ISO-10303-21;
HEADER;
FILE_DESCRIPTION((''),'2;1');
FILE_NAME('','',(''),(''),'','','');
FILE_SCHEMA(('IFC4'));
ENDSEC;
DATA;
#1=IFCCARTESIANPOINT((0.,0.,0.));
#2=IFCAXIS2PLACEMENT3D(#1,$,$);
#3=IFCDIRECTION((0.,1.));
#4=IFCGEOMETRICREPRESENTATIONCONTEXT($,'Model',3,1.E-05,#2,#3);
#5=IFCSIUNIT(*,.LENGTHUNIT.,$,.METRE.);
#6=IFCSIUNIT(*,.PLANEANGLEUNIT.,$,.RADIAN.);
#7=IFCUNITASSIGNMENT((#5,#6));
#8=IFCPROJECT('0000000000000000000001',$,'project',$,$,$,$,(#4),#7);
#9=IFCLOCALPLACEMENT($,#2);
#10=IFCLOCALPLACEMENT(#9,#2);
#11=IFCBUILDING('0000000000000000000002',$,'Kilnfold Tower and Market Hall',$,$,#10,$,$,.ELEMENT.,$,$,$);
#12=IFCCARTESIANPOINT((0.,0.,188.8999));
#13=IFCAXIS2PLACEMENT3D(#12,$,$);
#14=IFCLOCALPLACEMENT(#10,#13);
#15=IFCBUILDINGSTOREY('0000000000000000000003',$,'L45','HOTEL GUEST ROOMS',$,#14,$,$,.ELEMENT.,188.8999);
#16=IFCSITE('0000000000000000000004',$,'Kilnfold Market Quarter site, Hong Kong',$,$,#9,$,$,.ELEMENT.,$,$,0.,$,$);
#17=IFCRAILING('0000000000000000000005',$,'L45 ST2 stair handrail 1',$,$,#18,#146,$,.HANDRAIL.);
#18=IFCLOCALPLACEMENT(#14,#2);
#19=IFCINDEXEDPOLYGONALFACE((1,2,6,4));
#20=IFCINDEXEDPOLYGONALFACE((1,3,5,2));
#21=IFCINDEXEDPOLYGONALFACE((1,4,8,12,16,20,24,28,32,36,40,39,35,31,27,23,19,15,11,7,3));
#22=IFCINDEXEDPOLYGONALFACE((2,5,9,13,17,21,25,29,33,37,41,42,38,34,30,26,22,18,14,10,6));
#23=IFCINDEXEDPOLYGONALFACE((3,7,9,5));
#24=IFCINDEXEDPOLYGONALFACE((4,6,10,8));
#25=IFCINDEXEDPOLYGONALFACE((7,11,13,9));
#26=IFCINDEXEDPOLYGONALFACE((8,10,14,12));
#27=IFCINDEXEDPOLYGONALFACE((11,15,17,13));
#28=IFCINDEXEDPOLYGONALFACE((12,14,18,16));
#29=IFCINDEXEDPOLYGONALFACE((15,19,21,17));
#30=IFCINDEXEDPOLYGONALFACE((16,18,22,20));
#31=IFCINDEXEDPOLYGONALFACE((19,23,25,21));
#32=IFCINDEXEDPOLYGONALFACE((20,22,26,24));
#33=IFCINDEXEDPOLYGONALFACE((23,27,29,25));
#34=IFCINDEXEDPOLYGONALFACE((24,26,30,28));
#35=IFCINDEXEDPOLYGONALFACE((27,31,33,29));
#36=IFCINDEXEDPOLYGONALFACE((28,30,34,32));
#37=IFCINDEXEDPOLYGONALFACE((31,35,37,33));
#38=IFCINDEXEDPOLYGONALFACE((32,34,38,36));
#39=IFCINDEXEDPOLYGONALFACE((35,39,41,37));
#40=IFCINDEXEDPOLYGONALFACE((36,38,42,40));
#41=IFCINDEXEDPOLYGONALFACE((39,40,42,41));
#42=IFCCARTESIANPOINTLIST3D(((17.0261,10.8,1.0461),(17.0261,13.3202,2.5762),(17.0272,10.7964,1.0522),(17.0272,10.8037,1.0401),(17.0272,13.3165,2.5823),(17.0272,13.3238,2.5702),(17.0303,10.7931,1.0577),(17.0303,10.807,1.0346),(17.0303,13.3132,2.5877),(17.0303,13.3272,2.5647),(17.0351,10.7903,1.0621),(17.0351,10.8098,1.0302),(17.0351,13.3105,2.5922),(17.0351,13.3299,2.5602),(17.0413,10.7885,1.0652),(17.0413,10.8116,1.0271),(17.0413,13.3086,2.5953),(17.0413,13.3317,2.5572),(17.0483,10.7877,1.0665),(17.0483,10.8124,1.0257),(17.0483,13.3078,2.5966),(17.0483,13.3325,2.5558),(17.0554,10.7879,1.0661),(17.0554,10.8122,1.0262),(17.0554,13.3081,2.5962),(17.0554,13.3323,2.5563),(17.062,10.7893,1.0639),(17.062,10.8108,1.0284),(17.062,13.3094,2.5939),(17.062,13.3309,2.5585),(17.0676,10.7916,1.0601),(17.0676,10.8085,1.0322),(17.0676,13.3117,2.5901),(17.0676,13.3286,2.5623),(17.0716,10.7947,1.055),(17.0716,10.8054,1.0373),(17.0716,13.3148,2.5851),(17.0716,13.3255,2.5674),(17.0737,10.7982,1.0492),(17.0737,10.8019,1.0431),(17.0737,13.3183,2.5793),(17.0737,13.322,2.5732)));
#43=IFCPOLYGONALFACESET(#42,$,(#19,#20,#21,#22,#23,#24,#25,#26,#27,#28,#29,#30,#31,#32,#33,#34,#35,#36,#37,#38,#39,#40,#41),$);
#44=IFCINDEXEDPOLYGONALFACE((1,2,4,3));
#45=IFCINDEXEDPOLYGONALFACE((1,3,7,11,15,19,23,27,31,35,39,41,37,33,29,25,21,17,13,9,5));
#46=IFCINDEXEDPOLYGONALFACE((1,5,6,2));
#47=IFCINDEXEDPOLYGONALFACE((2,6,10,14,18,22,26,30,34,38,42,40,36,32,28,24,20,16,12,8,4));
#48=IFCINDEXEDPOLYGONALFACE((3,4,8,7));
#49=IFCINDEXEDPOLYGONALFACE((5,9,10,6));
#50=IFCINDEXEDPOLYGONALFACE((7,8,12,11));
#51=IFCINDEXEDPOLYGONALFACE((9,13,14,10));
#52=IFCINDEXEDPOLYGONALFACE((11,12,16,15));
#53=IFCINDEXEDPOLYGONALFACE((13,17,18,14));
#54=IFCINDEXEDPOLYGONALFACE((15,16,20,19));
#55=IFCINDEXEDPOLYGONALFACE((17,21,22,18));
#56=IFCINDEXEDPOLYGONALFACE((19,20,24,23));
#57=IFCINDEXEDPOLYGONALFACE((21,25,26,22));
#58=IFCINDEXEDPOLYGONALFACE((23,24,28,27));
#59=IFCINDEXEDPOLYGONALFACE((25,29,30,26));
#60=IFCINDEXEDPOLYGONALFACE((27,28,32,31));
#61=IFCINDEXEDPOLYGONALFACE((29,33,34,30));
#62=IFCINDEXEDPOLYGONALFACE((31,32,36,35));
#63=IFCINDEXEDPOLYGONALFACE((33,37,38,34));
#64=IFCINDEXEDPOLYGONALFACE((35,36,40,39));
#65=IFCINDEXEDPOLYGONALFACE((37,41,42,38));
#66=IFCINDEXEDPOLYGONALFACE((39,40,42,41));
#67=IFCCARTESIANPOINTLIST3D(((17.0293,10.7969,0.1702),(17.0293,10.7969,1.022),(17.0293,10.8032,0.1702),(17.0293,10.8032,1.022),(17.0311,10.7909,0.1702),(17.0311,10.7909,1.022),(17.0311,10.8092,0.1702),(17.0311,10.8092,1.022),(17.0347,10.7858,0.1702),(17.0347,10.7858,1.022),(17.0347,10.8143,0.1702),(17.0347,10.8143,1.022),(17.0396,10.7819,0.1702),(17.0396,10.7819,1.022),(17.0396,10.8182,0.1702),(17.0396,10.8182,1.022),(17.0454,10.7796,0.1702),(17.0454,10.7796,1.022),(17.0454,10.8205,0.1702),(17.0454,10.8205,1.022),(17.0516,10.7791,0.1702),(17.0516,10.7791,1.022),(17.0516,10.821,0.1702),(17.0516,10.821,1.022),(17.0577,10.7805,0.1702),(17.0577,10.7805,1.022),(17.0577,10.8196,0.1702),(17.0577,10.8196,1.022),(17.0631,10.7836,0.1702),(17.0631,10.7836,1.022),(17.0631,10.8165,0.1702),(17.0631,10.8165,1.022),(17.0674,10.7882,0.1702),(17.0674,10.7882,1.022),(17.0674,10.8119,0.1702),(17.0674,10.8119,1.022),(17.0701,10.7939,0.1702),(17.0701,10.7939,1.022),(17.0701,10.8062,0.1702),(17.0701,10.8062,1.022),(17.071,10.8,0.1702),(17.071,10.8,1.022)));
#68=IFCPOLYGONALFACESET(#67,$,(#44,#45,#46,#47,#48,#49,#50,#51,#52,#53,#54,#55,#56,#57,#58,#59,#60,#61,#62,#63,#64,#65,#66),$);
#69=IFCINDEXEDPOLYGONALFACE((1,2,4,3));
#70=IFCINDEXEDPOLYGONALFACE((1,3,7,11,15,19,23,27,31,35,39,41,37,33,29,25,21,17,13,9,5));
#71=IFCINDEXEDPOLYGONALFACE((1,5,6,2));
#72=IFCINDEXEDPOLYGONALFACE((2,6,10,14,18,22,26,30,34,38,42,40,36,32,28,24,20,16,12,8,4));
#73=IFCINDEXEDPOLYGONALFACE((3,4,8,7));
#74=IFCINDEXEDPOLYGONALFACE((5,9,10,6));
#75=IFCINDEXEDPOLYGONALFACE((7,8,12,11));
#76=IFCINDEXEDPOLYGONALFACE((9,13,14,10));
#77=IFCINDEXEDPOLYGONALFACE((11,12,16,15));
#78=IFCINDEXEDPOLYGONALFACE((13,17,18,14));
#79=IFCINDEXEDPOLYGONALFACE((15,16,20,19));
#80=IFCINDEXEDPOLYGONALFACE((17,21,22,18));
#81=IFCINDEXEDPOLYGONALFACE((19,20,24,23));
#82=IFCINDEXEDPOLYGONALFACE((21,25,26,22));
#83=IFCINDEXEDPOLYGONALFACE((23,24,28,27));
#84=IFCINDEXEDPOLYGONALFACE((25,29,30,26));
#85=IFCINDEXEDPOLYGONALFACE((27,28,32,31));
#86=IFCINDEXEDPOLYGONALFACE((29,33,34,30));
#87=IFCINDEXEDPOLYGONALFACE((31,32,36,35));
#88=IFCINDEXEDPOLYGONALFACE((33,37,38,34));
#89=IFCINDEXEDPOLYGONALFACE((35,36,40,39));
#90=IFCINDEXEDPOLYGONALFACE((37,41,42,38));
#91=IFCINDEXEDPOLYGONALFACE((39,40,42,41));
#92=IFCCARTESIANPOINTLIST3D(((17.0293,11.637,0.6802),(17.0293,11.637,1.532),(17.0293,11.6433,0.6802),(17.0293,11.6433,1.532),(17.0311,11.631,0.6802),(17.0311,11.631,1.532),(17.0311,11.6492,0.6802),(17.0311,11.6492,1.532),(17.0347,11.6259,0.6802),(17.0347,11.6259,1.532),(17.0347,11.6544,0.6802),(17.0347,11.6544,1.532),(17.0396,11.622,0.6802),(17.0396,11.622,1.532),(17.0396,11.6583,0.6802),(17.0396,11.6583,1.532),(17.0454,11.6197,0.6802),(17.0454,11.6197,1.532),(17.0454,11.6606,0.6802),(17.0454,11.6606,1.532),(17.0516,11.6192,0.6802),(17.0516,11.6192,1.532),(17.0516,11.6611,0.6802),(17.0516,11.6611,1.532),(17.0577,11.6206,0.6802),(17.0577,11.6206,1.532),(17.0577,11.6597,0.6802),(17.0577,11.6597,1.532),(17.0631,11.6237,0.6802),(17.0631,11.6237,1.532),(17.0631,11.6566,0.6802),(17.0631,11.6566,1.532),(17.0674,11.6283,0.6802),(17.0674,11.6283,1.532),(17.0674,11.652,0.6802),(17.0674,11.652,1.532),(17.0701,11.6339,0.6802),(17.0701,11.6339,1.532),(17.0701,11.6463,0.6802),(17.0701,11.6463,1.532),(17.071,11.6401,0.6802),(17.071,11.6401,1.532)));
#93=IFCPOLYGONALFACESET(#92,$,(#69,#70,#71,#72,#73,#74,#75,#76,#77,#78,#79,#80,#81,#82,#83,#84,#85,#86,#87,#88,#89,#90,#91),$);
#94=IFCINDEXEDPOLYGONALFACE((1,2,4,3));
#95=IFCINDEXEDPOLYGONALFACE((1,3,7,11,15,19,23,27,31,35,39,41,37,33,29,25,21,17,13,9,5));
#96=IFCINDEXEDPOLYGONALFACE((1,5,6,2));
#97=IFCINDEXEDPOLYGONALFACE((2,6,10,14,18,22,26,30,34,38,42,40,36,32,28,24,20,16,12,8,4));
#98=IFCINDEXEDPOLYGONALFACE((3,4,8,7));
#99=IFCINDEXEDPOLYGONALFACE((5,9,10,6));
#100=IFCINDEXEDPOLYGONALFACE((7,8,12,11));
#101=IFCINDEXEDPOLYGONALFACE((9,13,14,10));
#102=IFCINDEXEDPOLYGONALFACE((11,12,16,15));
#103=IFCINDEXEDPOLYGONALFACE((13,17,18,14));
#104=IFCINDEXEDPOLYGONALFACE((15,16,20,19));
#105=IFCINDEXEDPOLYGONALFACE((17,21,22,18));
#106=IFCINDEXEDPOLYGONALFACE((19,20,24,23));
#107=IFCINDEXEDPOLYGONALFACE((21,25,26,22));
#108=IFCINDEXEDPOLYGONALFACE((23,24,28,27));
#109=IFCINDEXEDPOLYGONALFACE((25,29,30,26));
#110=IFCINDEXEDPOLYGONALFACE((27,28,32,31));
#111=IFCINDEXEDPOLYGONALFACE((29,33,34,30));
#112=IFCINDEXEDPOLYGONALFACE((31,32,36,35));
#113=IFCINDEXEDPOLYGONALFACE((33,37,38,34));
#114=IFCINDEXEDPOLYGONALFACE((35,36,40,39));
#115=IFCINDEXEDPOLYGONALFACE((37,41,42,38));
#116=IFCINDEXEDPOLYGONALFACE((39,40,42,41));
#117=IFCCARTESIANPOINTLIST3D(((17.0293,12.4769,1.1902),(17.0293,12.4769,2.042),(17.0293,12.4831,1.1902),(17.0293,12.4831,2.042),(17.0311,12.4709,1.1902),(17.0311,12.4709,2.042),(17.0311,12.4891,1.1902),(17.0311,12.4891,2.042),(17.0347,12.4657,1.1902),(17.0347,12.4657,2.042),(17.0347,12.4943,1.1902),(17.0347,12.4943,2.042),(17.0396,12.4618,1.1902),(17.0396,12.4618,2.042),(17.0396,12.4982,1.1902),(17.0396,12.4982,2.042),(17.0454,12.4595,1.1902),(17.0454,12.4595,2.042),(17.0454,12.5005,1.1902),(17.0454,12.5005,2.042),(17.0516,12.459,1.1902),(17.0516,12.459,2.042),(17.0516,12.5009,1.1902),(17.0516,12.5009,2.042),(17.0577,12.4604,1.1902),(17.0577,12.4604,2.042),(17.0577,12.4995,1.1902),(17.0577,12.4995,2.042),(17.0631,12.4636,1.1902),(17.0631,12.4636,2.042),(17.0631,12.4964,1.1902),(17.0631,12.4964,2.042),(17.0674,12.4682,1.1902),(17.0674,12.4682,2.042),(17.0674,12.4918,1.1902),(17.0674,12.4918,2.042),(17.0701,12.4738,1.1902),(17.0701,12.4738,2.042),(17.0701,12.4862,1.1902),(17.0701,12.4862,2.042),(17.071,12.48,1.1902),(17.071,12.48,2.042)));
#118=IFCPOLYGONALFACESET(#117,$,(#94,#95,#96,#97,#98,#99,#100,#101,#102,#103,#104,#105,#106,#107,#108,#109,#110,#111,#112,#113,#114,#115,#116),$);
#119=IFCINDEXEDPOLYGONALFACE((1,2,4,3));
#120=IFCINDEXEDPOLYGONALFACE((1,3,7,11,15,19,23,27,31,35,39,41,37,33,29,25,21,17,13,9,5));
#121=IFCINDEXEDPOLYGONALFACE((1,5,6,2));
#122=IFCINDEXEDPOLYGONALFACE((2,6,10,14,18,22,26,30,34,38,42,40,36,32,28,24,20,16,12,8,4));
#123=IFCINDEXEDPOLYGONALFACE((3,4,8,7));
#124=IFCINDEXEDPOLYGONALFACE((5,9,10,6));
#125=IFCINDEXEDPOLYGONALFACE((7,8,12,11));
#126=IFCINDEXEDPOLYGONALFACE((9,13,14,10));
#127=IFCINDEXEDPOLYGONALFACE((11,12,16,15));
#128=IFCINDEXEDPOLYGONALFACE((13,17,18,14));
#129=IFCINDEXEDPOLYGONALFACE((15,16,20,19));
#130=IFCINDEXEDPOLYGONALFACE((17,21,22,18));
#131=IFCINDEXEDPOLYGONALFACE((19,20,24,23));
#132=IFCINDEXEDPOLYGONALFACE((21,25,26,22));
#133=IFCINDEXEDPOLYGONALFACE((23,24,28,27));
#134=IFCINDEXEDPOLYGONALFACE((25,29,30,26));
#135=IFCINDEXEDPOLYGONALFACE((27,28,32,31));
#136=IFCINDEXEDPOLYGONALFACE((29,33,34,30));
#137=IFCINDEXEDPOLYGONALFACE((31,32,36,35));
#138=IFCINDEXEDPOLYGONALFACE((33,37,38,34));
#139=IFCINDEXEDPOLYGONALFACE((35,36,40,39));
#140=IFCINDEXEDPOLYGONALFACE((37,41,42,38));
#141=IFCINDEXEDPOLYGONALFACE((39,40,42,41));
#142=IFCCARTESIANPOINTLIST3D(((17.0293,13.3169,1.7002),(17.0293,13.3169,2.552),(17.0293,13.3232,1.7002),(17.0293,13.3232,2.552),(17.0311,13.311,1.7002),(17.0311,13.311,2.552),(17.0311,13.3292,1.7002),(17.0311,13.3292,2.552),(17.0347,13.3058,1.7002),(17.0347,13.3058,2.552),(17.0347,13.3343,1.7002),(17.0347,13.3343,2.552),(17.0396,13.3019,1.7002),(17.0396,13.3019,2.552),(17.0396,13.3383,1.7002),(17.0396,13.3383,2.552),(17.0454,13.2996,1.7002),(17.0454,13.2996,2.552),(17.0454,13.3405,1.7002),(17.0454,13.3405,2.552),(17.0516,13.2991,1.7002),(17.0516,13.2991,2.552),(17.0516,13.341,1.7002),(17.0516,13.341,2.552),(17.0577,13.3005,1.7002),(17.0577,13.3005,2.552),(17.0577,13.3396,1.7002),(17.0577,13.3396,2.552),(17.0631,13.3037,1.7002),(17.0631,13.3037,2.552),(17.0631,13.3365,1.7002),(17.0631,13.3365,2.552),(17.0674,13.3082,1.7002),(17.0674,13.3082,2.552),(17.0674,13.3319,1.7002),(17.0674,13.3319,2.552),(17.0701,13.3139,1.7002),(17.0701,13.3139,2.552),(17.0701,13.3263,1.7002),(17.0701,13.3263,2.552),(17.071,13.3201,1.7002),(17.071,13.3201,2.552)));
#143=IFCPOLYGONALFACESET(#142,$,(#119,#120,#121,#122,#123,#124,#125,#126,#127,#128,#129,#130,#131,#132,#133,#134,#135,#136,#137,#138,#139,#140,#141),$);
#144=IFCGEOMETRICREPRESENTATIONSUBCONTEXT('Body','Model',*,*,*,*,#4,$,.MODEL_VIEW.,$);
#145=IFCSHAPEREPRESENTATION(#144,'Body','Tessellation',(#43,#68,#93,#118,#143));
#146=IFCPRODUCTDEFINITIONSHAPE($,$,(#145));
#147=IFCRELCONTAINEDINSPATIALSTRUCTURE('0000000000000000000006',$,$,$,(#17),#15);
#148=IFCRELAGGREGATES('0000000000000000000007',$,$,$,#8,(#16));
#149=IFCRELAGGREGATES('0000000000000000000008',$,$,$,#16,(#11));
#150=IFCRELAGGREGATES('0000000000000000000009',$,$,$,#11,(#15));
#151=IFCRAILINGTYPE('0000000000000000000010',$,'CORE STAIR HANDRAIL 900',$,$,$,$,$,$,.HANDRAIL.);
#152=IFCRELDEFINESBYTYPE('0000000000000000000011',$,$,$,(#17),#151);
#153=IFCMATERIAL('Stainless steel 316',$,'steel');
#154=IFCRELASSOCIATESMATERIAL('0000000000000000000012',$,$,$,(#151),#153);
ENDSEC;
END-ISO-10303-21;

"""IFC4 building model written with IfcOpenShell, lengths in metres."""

from ifc_helpers import new_model, si_unit, direction, frame, origin, origin_2d, place, context, subcontext, project, spatial, circle, extrude, material, type_object, element, save


model = new_model("IFC4")

# Units and contexts
model_context = context("Model", 3, precision=1e-05, world=origin(), true_north=direction((0.0, 1.0)))
body_context = subcontext(model_context, "Body", "Model", "MODEL_VIEW")
ifc_project = project(units=[si_unit("LENGTHUNIT", "METRE"), si_unit("PLANEANGLEUNIT", "RADIAN")], contexts=[model_context])

# Site, building, storey
site_placement = place(None, origin())
site = spatial("IfcSite", under=ifc_project, at=site_placement, Name="Kilnfold Market Quarter site, Hong Kong", CompositionType="ELEMENT", RefElevation=0.0)
building_placement = place(site_placement, origin())
building = spatial("IfcBuilding", under=site, at=building_placement, Name="Kilnfold Tower and Market Hall", CompositionType="ELEMENT")
storey_placement = place(building_placement, frame((0.0, 0.0, 188.8999)))
storey = spatial("IfcBuildingStorey", under=building, at=storey_placement, Name="L45", Description="HOTEL GUEST ROOMS", CompositionType="ELEMENT", Elevation=188.8999)

# Railing
ifc_material_1 = material(Name="Stainless steel 316", Category="steel")
railing_type_1 = type_object("IfcRailingType", Name="CORE STAIR HANDRAIL 900", PredefinedType="HANDRAIL", material=ifc_material_1)
for number, where, name in (
    (1, (17.05, 10.8, 0.1702), "L45 ST2 stair handrail 1"),
):
    element("IfcRailing", number, at=place(storey_placement, frame(where)), inside=storey, type_object=railing_type_1, Name=name, PredefinedType="HANDRAIL", context=body_context, shape_type="SweptSolid", body=[
        extrude(circle(Radius=0.0239, at=origin_2d()), frame((0.0, 0.0, 0.876), z_axis=(0.0, 0.854785, 0.518982), x_axis=(-1.0, 0.0, 0.0)), (0.0, 0.0, 1.0), 2.9482),
        extrude(circle(Radius=0.021, at=origin_2d()), origin(), (0.0, 0.0, 1.0), 0.8518),
        extrude(circle(Radius=0.021, at=origin_2d()), frame((0.0, 0.8401, 0.51)), (0.0, 0.0, 1.0), 0.8518),
        extrude(circle(Radius=0.021, at=origin_2d()), frame((0.0, 1.6799, 1.02)), (0.0, 0.0, 1.0), 0.8518),
        extrude(circle(Radius=0.021, at=origin_2d()), frame((0.0, 2.52, 1.53)), (0.0, 0.0, 1.0), 0.8518),
    ])

save(model, "model.ifc")
